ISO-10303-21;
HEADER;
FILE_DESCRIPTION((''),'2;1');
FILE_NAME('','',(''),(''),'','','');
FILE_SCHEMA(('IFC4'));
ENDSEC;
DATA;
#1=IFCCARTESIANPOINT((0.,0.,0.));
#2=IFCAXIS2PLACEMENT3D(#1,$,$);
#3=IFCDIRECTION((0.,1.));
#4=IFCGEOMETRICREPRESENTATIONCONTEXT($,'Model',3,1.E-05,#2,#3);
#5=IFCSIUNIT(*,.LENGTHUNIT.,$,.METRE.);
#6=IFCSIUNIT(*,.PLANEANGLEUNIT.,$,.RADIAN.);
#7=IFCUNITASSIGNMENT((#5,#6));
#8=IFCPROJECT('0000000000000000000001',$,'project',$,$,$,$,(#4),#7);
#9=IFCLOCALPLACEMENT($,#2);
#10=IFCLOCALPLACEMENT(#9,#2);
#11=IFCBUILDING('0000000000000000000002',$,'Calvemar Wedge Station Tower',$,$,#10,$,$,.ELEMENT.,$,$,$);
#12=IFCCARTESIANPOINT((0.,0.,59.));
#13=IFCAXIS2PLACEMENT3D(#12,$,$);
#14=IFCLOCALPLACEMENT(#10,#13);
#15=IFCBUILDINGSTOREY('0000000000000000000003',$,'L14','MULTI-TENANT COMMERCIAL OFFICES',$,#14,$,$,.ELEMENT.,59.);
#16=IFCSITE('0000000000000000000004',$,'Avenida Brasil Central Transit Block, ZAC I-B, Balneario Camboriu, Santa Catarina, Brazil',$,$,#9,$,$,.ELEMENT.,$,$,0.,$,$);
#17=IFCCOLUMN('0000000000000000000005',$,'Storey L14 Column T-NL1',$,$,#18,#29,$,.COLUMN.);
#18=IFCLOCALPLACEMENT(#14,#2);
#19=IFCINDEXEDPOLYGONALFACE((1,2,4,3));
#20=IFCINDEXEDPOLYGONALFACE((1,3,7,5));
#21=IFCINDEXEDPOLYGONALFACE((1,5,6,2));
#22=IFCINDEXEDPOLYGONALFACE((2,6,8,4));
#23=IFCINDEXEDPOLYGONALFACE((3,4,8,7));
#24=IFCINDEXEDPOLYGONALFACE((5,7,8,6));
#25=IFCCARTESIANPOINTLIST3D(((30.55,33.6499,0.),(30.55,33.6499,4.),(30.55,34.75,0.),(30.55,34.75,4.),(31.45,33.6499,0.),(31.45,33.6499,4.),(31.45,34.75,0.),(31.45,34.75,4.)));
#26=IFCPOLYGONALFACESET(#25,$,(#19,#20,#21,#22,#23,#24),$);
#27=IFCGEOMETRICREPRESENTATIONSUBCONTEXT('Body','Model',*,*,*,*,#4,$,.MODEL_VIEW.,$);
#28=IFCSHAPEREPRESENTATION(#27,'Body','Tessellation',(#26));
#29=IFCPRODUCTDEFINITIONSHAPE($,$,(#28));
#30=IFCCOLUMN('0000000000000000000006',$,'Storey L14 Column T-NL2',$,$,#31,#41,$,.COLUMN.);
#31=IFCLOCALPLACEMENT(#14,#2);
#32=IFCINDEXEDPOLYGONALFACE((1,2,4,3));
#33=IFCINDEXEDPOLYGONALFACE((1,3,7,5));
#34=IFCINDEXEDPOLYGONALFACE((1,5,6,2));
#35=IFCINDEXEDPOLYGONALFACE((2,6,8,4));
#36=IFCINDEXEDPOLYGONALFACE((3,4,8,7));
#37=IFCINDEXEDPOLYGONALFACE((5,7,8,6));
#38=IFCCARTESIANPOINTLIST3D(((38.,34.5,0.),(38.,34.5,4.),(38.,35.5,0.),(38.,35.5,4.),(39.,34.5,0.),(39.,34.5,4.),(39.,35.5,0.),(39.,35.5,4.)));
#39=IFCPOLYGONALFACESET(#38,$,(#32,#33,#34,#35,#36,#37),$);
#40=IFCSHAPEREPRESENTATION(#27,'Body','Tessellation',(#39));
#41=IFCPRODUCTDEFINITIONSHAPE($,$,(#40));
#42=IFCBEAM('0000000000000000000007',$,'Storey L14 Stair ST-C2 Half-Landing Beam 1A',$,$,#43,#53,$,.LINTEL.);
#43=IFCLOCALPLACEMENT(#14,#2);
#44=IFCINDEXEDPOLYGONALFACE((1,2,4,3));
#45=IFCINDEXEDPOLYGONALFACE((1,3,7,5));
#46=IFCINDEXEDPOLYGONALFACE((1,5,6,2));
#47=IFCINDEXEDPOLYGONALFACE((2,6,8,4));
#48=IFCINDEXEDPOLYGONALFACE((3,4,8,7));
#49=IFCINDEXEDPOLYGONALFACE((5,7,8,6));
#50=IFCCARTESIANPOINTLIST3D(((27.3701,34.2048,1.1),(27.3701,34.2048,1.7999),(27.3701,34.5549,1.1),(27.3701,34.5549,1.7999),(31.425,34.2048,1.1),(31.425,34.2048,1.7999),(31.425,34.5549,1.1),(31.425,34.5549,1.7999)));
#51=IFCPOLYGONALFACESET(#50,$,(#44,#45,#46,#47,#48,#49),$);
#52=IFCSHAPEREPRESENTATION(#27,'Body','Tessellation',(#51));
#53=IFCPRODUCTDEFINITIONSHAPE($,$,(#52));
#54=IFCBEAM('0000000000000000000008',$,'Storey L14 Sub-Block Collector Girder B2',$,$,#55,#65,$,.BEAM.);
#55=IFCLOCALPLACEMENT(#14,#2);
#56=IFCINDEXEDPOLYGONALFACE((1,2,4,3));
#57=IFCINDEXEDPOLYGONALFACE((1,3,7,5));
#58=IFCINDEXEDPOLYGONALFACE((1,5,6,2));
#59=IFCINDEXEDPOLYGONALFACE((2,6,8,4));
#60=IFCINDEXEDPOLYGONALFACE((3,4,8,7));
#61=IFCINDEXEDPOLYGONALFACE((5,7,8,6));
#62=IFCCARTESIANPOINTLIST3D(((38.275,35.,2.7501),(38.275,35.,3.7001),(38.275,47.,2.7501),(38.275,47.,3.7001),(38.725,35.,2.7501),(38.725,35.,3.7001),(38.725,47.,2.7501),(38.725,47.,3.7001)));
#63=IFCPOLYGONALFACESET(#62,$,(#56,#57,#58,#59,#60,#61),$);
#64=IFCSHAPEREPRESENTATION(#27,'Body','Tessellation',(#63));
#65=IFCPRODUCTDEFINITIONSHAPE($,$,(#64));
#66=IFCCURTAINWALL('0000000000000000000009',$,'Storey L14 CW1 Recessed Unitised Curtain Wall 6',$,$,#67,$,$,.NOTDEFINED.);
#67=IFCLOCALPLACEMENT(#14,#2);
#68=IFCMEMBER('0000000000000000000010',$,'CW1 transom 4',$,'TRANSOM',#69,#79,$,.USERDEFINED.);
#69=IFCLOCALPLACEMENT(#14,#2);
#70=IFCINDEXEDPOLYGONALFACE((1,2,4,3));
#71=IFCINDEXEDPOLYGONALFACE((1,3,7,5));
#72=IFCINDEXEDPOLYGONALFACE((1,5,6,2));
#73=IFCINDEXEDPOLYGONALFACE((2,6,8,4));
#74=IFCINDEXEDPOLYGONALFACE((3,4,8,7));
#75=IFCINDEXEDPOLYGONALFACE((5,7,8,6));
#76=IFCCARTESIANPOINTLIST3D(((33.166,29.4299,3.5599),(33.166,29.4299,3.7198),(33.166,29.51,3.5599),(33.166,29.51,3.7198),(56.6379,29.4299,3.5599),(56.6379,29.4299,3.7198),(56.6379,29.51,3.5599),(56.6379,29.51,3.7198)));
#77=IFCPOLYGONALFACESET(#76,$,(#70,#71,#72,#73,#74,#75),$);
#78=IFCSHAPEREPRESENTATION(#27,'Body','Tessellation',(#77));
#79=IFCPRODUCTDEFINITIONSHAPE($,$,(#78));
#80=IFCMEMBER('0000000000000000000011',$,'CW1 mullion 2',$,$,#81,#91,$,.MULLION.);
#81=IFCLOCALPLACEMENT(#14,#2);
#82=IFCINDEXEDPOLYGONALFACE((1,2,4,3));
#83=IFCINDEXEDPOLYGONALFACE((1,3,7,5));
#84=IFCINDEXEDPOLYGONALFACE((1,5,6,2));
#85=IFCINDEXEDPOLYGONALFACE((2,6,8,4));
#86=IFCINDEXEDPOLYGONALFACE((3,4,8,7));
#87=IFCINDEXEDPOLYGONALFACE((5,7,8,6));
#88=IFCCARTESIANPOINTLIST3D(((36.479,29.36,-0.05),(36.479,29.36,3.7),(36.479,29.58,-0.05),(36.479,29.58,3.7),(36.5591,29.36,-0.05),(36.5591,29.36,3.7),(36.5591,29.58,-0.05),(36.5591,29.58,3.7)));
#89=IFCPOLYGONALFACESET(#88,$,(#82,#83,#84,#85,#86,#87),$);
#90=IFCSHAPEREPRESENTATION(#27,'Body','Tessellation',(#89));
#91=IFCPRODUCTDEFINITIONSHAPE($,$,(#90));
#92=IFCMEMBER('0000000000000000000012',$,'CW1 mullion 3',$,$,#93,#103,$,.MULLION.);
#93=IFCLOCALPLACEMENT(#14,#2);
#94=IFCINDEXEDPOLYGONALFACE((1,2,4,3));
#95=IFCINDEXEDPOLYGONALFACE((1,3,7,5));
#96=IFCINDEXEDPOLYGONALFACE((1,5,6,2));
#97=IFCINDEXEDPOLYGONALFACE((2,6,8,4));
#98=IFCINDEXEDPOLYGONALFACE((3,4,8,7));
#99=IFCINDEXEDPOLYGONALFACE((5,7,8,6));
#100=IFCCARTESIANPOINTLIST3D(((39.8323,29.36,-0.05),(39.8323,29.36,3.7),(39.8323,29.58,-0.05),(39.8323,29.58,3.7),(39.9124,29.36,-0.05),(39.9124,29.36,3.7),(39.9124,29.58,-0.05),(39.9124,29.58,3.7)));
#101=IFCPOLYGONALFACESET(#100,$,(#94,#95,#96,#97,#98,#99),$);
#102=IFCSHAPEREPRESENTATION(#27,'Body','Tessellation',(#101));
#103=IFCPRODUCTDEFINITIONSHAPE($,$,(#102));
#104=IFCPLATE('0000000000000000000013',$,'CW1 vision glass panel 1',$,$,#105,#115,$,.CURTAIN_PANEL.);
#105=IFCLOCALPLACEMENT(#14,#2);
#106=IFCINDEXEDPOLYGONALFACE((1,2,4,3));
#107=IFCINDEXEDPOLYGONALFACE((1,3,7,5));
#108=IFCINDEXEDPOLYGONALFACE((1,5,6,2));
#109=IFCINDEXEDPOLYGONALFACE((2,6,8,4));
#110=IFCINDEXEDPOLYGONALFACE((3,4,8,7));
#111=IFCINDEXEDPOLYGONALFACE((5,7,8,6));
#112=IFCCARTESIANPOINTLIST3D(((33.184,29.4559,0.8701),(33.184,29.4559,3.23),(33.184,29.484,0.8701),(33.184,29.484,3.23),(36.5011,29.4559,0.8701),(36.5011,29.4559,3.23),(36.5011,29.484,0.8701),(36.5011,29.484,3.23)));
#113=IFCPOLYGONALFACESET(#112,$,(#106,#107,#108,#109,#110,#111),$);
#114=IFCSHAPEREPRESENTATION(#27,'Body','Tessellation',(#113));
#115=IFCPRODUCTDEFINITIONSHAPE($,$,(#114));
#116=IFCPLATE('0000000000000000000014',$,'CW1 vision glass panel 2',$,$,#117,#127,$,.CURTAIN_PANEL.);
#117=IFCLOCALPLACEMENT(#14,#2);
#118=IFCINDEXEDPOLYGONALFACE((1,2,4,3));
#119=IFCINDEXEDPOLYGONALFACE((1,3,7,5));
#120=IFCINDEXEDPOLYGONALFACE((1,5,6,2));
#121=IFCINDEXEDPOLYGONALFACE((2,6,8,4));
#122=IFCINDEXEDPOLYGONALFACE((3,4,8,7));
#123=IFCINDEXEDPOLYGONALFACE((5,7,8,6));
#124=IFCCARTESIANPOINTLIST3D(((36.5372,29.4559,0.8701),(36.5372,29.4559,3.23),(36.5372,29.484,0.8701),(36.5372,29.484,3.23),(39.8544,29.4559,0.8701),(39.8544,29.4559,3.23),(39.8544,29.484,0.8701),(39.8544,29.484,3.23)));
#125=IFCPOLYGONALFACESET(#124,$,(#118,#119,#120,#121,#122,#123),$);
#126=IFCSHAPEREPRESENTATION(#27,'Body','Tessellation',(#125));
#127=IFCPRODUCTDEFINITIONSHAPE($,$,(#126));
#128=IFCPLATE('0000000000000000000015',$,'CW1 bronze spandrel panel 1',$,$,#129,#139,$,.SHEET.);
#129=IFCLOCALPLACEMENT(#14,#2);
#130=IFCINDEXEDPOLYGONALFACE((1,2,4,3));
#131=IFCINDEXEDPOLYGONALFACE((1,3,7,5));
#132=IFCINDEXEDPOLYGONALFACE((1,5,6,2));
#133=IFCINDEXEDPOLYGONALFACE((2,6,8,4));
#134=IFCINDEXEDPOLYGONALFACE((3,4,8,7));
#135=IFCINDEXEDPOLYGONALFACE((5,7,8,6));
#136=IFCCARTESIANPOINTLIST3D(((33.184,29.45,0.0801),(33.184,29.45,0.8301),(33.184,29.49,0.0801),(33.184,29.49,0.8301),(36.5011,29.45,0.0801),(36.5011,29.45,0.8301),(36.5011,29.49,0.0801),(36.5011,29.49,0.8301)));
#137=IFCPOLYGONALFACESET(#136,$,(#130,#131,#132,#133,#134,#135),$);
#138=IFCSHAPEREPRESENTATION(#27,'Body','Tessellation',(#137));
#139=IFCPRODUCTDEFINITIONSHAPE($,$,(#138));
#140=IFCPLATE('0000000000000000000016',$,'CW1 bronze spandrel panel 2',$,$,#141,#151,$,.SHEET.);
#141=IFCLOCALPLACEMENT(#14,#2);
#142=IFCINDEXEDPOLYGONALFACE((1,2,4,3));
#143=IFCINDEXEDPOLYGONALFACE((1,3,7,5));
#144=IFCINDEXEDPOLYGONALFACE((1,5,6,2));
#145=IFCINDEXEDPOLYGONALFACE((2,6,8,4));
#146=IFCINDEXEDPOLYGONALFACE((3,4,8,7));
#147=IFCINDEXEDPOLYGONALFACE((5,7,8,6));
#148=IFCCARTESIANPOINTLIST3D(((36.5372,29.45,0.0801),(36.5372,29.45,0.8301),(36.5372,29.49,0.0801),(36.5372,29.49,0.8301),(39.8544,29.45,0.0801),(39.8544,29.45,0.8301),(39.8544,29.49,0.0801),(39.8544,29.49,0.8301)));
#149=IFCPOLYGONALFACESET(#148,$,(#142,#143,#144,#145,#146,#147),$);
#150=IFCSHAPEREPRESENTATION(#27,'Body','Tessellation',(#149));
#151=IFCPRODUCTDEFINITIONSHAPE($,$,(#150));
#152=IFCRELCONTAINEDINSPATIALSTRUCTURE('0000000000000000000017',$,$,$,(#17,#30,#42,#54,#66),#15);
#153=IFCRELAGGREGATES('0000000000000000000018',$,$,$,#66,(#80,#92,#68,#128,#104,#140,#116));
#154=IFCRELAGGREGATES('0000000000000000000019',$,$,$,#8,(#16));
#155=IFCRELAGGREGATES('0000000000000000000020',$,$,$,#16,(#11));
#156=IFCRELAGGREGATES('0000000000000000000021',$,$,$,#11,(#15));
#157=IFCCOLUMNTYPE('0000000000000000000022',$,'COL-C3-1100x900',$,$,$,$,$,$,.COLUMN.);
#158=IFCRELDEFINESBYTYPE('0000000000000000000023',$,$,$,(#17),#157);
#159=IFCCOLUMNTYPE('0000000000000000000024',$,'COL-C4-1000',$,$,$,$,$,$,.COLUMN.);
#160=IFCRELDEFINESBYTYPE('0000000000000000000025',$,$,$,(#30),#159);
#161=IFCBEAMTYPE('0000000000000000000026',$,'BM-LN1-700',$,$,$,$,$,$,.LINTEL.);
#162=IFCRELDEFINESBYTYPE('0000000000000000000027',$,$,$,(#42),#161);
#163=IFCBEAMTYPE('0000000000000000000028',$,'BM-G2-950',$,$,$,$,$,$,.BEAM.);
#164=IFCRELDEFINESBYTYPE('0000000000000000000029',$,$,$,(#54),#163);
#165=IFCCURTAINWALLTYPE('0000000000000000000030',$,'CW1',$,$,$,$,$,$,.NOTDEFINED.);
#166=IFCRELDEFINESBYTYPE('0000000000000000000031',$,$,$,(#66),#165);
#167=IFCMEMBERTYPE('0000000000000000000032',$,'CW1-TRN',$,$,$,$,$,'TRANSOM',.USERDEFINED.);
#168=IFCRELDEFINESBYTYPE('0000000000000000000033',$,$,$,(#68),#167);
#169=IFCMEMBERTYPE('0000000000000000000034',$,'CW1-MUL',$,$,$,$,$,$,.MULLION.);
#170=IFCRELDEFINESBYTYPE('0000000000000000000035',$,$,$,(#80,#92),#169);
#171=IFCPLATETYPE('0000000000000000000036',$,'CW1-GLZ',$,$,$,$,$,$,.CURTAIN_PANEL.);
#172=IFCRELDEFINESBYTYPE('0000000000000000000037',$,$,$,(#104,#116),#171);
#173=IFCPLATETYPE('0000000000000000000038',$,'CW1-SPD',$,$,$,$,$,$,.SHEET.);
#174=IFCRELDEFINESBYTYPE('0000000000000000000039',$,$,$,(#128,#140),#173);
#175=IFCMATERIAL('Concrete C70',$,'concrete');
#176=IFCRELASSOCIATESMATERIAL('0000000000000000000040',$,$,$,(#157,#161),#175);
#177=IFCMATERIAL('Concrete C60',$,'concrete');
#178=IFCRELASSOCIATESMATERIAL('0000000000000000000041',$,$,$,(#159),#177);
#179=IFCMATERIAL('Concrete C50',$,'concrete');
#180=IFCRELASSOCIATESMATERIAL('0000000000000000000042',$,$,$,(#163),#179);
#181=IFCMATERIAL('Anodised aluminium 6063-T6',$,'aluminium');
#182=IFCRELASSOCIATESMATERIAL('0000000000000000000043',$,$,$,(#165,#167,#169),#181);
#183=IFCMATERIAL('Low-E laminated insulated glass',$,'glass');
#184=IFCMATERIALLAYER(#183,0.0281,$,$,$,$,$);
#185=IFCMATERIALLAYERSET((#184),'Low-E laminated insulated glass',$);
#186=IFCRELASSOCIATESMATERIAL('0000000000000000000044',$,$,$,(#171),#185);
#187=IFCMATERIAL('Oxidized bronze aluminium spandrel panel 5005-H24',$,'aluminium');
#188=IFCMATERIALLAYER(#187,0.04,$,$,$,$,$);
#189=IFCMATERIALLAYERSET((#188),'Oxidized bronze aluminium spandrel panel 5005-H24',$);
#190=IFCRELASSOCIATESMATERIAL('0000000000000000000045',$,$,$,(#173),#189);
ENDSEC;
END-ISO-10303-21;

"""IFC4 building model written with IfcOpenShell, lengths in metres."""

from ifc_helpers import new_model, si_unit, direction, frame, frame_2d, origin, origin_2d, place, context, subcontext, project, spatial, rectangle, extrude, source, transform, mapped, material, layer, layer_set, material_profile, profile_set, type_object, element, aggregate, save


model = new_model("IFC4")

# Units and contexts
model_context = context("Model", 3, precision=1e-05, world=origin(), true_north=direction((0.0, 1.0)))
body_context = subcontext(model_context, "Body", "Model", "MODEL_VIEW")
ifc_project = project(units=[si_unit("LENGTHUNIT", "METRE"), si_unit("PLANEANGLEUNIT", "RADIAN")], contexts=[model_context])

# Site, building, storey
site_placement = place(None, origin())
site = spatial("IfcSite", under=ifc_project, at=site_placement, Name="Avenida Brasil Central Transit Block, ZAC I-B, Balneario Camboriu, Santa Catarina, Brazil", CompositionType="ELEMENT", RefElevation=0.0)
building_placement = place(site_placement, origin())
building = spatial("IfcBuilding", under=site, at=building_placement, Name="Calvemar Wedge Station Tower", CompositionType="ELEMENT")
storey_placement = place(building_placement, frame((0.0, 0.0, 59.0)))
storey = spatial("IfcBuildingStorey", under=building, at=storey_placement, Name="L14", Description="MULTI-TENANT COMMERCIAL OFFICES", CompositionType="ELEMENT", Elevation=59.0)

# Columns
ifc_material_1 = material(Name="Concrete C70", Category="concrete")
ifc_material_profile_1 = material_profile(ifc_material_1, rectangle(XDim=0.8999, YDim=1.1001, at=origin_2d()), Name="RC1100x900")
ifc_profile_set_1 = profile_set([ifc_material_profile_1], Name="Concrete C70")
column_type_1 = type_object("IfcColumnType", Name="COL-C3-1100x900", PredefinedType="COLUMN", material=ifc_profile_set_1)
shared_shape_1 = source(origin(), body_context, "Body", "SweptSolid", [
    extrude(rectangle(XDim=0.8999, YDim=1.1001, at=origin_2d()), origin(), (0.0, 0.0, 1.0), 4.0),
])
column_1_placement = place(storey_placement, frame((31.0, 34.2, 0.0), z_axis=(0.0, 0.0, 1.0), x_axis=(1.0, 0.0, 0.0)))
element("IfcColumn", 1, at=column_1_placement, inside=storey, type_object=column_type_1, Name="Storey L14 Column T-NL1", PredefinedType="COLUMN", context=body_context, shape_type="MappedRepresentation", body=[
    mapped(shared_shape_1, transform((0.0, 0.0, 0.0), scale=1.0)),
])
ifc_material_2 = material(Name="Concrete C60", Category="concrete")
ifc_material_profile_2 = material_profile(ifc_material_2, rectangle(XDim=1.0, YDim=1.0, at=origin_2d()), Name="RC1000x1000")
ifc_profile_set_2 = profile_set([ifc_material_profile_2], Name="Concrete C60")
column_type_2 = type_object("IfcColumnType", Name="COL-C4-1000", PredefinedType="COLUMN", material=ifc_profile_set_2)
shared_shape_2 = source(origin(), body_context, "Body", "SweptSolid", [
    extrude(rectangle(XDim=1.0, YDim=1.0, at=origin_2d()), origin(), (0.0, 0.0, 1.0), 4.0),
])
column_2_placement = place(storey_placement, frame((38.5, 35.0, 0.0), z_axis=(0.0, 0.0, 1.0), x_axis=(1.0, 0.0, 0.0)))
element("IfcColumn", 2, at=column_2_placement, inside=storey, type_object=column_type_2, Name="Storey L14 Column T-NL2", PredefinedType="COLUMN", context=body_context, shape_type="MappedRepresentation", body=[
    mapped(shared_shape_2, transform((0.0, 0.0, 0.0), scale=1.0)),
])

# Beams
ifc_material_profile_3 = material_profile(ifc_material_1, rectangle(XDim=0.3501, YDim=0.7, at=origin_2d()), Name="RC350x700")
ifc_profile_set_3 = profile_set([ifc_material_profile_3], Name="Concrete C70")
beam_type_1 = type_object("IfcBeamType", Name="BM-LN1-700", PredefinedType="LINTEL", material=ifc_profile_set_3)
shared_shape_3 = source(origin(), body_context, "Body", "SweptSolid", [
    extrude(rectangle(XDim=0.3501, YDim=0.7, at=origin_2d()), origin(), (0.0, 0.0, 1.0), 4.0549),
])
beam_1_placement = place(storey_placement, frame((27.3701, 34.3799, 1.45), z_axis=(1.0, 0.0, 0.0), x_axis=(0.0, 1.0, 0.0)))
element("IfcBeam", 3, at=beam_1_placement, inside=storey, type_object=beam_type_1, Name="Storey L14 Stair ST-C2 Half-Landing Beam 1A", PredefinedType="LINTEL", context=body_context, shape_type="MappedRepresentation", body=[
    mapped(shared_shape_3, transform((0.0, 0.0, 0.0), scale=1.0)),
])
ifc_material_3 = material(Name="Concrete C50", Category="concrete")
ifc_material_profile_4 = material_profile(ifc_material_3, rectangle(XDim=0.45, YDim=0.95, at=origin_2d()), Name="RC450x950")
ifc_profile_set_4 = profile_set([ifc_material_profile_4], Name="Concrete C50")
beam_type_2 = type_object("IfcBeamType", Name="BM-G2-950", PredefinedType="BEAM", material=ifc_profile_set_4)
shared_shape_4 = source(origin(), body_context, "Body", "SweptSolid", [
    extrude(rectangle(XDim=0.45, YDim=0.95, at=origin_2d()), origin(), (0.0, 0.0, 1.0), 12.0),
])
beam_2_placement = place(storey_placement, frame((38.5, 35.0, 3.2251), z_axis=(0.0, 1.0, 0.0), x_axis=(-1.0, 0.0, 0.0)))
element("IfcBeam", 4, at=beam_2_placement, inside=storey, type_object=beam_type_2, Name="Storey L14 Sub-Block Collector Girder B2", PredefinedType="BEAM", context=body_context, shape_type="MappedRepresentation", body=[
    mapped(shared_shape_4, transform((0.0, 0.0, 0.0), scale=1.0)),
])

# Curtain wall, members, plates
ifc_material_4 = material(Name="Anodised aluminium 6063-T6", Category="aluminium")
curtain_wall_type = type_object("IfcCurtainWallType", Name="CW1", PredefinedType="NOTDEFINED", material=ifc_material_4)
curtain_wall_placement = place(storey_placement, origin())
curtain_wall = element("IfcCurtainWall", 5, at=curtain_wall_placement, inside=storey, type_object=curtain_wall_type, Name="Storey L14 CW1 Recessed Unitised Curtain Wall 6", PredefinedType="NOTDEFINED")
ifc_material_profile_5 = material_profile(ifc_material_4, rectangle(XDim=0.0801, YDim=0.1599, at=origin_2d()), Name="AL-TRN-80x160")
ifc_profile_set_5 = profile_set([ifc_material_profile_5], Name="Anodised aluminium 6063-T6")
member_type_1 = type_object("IfcMemberType", Name="CW1-TRN", ElementType="TRANSOM", PredefinedType="USERDEFINED", material=ifc_profile_set_5)
shared_shape_5 = source(origin(), body_context, "Body", "SweptSolid", [
    extrude(rectangle(XDim=0.0801, YDim=0.1599, at=origin_2d()), origin(), (0.0, 0.0, 1.0), 23.4719),
])
member_1_placement = place(storey_placement, frame((33.166, 29.47, 3.6399), z_axis=(1.0, 0.0, 0.0), x_axis=(0.0, 1.0, 0.0)))
member_1 = element("IfcMember", 6, at=member_1_placement, type_object=member_type_1, Name="CW1 transom 4", ObjectType="TRANSOM", PredefinedType="USERDEFINED", context=body_context, shape_type="MappedRepresentation", body=[
    mapped(shared_shape_5, transform((0.0, 0.0, 0.0), scale=1.0)),
])
ifc_material_profile_6 = material_profile(ifc_material_4, rectangle(XDim=0.0801, YDim=0.22, at=origin_2d()), Name="AL-MUL-80x220")
ifc_profile_set_6 = profile_set([ifc_material_profile_6], Name="Anodised aluminium 6063-T6")
member_type_2 = type_object("IfcMemberType", Name="CW1-MUL", PredefinedType="MULLION", material=ifc_profile_set_6)
shared_shape_6 = source(origin(), body_context, "Body", "SweptSolid", [
    extrude(rectangle(XDim=0.0801, YDim=0.22, at=origin_2d()), origin(), (0.0, 0.0, 1.0), 3.75),
])
member_2_placement = place(storey_placement, frame((36.519, 29.47, -0.05), z_axis=(0.0, 0.0, 1.0), x_axis=(1.0, 0.0, 0.0)))
member_2 = element("IfcMember", 7, at=member_2_placement, type_object=member_type_2, Name="CW1 mullion 2", PredefinedType="MULLION", context=body_context, shape_type="MappedRepresentation", body=[
    mapped(shared_shape_6, transform((0.0, 0.0, 0.0), scale=1.0)),
])
member_3_placement = place(storey_placement, frame((39.8723, 29.47, -0.05), z_axis=(0.0, 0.0, 1.0), x_axis=(1.0, 0.0, 0.0)))
member_3 = element("IfcMember", 8, at=member_3_placement, type_object=member_type_2, Name="CW1 mullion 3", PredefinedType="MULLION", context=body_context, shape_type="MappedRepresentation", body=[
    mapped(shared_shape_6, transform((0.0, 0.0, 0.0), scale=1.0)),
])
ifc_material_5 = material(Name="Low-E laminated insulated glass", Category="glass")
ifc_layer_1 = layer(ifc_material_5, 0.0281)
ifc_layer_set_1 = layer_set([ifc_layer_1], Name="Low-E laminated insulated glass")
plate_type_1 = type_object("IfcPlateType", Name="CW1-GLZ", PredefinedType="CURTAIN_PANEL", material=ifc_layer_set_1)
plate_1_placement = place(storey_placement, frame((33.1838, 29.47, 0.8701), z_axis=(0.0, 0.0, 1.0), x_axis=(1.0, 0.0, 0.0)))
plate_1 = element("IfcPlate", 9, at=plate_1_placement, type_object=plate_type_1, Name="CW1 vision glass panel 1", PredefinedType="CURTAIN_PANEL", context=body_context, shape_type="SweptSolid", body=[
    extrude(rectangle(XDim=3.3171, YDim=0.0281, at=frame_2d((1.6587, 0.0))), origin(), (0.0, 0.0, 1.0), 2.3599),
])
plate_2_placement = place(storey_placement, frame((36.5371, 29.47, 0.8701), z_axis=(0.0, 0.0, 1.0), x_axis=(1.0, 0.0, 0.0)))
plate_2 = element("IfcPlate", 10, at=plate_2_placement, type_object=plate_type_1, Name="CW1 vision glass panel 2", PredefinedType="CURTAIN_PANEL", context=body_context, shape_type="SweptSolid", body=[
    extrude(rectangle(XDim=3.3171, YDim=0.0281, at=frame_2d((1.6587, 0.0))), origin(), (0.0, 0.0, 1.0), 2.3599),
])
ifc_material_6 = material(Name="Oxidized bronze aluminium spandrel panel 5005-H24", Category="aluminium")
ifc_layer_2 = layer(ifc_material_6, 0.04)
ifc_layer_set_2 = layer_set([ifc_layer_2], Name="Oxidized bronze aluminium spandrel panel 5005-H24")
plate_type_2 = type_object("IfcPlateType", Name="CW1-SPD", PredefinedType="SHEET", material=ifc_layer_set_2)
plate_3_placement = place(storey_placement, frame((33.1838, 29.47, 0.0801), z_axis=(0.0, 0.0, 1.0), x_axis=(1.0, 0.0, 0.0)))
plate_3 = element("IfcPlate", 11, at=plate_3_placement, type_object=plate_type_2, Name="CW1 bronze spandrel panel 1", PredefinedType="SHEET", context=body_context, shape_type="SweptSolid", body=[
    extrude(rectangle(XDim=3.3171, YDim=0.04, at=frame_2d((1.6587, 0.0))), origin(), (0.0, 0.0, 1.0), 0.75),
])
plate_4_placement = place(storey_placement, frame((36.5371, 29.47, 0.0801), z_axis=(0.0, 0.0, 1.0), x_axis=(1.0, 0.0, 0.0)))
plate_4 = element("IfcPlate", 12, at=plate_4_placement, type_object=plate_type_2, Name="CW1 bronze spandrel panel 2", PredefinedType="SHEET", context=body_context, shape_type="SweptSolid", body=[
    extrude(rectangle(XDim=3.3171, YDim=0.04, at=frame_2d((1.6587, 0.0))), origin(), (0.0, 0.0, 1.0), 0.75),
])
aggregate(curtain_wall, [member_2, member_3, member_1, plate_3, plate_1, plate_4, plate_2])

save(model, "model.ifc")
